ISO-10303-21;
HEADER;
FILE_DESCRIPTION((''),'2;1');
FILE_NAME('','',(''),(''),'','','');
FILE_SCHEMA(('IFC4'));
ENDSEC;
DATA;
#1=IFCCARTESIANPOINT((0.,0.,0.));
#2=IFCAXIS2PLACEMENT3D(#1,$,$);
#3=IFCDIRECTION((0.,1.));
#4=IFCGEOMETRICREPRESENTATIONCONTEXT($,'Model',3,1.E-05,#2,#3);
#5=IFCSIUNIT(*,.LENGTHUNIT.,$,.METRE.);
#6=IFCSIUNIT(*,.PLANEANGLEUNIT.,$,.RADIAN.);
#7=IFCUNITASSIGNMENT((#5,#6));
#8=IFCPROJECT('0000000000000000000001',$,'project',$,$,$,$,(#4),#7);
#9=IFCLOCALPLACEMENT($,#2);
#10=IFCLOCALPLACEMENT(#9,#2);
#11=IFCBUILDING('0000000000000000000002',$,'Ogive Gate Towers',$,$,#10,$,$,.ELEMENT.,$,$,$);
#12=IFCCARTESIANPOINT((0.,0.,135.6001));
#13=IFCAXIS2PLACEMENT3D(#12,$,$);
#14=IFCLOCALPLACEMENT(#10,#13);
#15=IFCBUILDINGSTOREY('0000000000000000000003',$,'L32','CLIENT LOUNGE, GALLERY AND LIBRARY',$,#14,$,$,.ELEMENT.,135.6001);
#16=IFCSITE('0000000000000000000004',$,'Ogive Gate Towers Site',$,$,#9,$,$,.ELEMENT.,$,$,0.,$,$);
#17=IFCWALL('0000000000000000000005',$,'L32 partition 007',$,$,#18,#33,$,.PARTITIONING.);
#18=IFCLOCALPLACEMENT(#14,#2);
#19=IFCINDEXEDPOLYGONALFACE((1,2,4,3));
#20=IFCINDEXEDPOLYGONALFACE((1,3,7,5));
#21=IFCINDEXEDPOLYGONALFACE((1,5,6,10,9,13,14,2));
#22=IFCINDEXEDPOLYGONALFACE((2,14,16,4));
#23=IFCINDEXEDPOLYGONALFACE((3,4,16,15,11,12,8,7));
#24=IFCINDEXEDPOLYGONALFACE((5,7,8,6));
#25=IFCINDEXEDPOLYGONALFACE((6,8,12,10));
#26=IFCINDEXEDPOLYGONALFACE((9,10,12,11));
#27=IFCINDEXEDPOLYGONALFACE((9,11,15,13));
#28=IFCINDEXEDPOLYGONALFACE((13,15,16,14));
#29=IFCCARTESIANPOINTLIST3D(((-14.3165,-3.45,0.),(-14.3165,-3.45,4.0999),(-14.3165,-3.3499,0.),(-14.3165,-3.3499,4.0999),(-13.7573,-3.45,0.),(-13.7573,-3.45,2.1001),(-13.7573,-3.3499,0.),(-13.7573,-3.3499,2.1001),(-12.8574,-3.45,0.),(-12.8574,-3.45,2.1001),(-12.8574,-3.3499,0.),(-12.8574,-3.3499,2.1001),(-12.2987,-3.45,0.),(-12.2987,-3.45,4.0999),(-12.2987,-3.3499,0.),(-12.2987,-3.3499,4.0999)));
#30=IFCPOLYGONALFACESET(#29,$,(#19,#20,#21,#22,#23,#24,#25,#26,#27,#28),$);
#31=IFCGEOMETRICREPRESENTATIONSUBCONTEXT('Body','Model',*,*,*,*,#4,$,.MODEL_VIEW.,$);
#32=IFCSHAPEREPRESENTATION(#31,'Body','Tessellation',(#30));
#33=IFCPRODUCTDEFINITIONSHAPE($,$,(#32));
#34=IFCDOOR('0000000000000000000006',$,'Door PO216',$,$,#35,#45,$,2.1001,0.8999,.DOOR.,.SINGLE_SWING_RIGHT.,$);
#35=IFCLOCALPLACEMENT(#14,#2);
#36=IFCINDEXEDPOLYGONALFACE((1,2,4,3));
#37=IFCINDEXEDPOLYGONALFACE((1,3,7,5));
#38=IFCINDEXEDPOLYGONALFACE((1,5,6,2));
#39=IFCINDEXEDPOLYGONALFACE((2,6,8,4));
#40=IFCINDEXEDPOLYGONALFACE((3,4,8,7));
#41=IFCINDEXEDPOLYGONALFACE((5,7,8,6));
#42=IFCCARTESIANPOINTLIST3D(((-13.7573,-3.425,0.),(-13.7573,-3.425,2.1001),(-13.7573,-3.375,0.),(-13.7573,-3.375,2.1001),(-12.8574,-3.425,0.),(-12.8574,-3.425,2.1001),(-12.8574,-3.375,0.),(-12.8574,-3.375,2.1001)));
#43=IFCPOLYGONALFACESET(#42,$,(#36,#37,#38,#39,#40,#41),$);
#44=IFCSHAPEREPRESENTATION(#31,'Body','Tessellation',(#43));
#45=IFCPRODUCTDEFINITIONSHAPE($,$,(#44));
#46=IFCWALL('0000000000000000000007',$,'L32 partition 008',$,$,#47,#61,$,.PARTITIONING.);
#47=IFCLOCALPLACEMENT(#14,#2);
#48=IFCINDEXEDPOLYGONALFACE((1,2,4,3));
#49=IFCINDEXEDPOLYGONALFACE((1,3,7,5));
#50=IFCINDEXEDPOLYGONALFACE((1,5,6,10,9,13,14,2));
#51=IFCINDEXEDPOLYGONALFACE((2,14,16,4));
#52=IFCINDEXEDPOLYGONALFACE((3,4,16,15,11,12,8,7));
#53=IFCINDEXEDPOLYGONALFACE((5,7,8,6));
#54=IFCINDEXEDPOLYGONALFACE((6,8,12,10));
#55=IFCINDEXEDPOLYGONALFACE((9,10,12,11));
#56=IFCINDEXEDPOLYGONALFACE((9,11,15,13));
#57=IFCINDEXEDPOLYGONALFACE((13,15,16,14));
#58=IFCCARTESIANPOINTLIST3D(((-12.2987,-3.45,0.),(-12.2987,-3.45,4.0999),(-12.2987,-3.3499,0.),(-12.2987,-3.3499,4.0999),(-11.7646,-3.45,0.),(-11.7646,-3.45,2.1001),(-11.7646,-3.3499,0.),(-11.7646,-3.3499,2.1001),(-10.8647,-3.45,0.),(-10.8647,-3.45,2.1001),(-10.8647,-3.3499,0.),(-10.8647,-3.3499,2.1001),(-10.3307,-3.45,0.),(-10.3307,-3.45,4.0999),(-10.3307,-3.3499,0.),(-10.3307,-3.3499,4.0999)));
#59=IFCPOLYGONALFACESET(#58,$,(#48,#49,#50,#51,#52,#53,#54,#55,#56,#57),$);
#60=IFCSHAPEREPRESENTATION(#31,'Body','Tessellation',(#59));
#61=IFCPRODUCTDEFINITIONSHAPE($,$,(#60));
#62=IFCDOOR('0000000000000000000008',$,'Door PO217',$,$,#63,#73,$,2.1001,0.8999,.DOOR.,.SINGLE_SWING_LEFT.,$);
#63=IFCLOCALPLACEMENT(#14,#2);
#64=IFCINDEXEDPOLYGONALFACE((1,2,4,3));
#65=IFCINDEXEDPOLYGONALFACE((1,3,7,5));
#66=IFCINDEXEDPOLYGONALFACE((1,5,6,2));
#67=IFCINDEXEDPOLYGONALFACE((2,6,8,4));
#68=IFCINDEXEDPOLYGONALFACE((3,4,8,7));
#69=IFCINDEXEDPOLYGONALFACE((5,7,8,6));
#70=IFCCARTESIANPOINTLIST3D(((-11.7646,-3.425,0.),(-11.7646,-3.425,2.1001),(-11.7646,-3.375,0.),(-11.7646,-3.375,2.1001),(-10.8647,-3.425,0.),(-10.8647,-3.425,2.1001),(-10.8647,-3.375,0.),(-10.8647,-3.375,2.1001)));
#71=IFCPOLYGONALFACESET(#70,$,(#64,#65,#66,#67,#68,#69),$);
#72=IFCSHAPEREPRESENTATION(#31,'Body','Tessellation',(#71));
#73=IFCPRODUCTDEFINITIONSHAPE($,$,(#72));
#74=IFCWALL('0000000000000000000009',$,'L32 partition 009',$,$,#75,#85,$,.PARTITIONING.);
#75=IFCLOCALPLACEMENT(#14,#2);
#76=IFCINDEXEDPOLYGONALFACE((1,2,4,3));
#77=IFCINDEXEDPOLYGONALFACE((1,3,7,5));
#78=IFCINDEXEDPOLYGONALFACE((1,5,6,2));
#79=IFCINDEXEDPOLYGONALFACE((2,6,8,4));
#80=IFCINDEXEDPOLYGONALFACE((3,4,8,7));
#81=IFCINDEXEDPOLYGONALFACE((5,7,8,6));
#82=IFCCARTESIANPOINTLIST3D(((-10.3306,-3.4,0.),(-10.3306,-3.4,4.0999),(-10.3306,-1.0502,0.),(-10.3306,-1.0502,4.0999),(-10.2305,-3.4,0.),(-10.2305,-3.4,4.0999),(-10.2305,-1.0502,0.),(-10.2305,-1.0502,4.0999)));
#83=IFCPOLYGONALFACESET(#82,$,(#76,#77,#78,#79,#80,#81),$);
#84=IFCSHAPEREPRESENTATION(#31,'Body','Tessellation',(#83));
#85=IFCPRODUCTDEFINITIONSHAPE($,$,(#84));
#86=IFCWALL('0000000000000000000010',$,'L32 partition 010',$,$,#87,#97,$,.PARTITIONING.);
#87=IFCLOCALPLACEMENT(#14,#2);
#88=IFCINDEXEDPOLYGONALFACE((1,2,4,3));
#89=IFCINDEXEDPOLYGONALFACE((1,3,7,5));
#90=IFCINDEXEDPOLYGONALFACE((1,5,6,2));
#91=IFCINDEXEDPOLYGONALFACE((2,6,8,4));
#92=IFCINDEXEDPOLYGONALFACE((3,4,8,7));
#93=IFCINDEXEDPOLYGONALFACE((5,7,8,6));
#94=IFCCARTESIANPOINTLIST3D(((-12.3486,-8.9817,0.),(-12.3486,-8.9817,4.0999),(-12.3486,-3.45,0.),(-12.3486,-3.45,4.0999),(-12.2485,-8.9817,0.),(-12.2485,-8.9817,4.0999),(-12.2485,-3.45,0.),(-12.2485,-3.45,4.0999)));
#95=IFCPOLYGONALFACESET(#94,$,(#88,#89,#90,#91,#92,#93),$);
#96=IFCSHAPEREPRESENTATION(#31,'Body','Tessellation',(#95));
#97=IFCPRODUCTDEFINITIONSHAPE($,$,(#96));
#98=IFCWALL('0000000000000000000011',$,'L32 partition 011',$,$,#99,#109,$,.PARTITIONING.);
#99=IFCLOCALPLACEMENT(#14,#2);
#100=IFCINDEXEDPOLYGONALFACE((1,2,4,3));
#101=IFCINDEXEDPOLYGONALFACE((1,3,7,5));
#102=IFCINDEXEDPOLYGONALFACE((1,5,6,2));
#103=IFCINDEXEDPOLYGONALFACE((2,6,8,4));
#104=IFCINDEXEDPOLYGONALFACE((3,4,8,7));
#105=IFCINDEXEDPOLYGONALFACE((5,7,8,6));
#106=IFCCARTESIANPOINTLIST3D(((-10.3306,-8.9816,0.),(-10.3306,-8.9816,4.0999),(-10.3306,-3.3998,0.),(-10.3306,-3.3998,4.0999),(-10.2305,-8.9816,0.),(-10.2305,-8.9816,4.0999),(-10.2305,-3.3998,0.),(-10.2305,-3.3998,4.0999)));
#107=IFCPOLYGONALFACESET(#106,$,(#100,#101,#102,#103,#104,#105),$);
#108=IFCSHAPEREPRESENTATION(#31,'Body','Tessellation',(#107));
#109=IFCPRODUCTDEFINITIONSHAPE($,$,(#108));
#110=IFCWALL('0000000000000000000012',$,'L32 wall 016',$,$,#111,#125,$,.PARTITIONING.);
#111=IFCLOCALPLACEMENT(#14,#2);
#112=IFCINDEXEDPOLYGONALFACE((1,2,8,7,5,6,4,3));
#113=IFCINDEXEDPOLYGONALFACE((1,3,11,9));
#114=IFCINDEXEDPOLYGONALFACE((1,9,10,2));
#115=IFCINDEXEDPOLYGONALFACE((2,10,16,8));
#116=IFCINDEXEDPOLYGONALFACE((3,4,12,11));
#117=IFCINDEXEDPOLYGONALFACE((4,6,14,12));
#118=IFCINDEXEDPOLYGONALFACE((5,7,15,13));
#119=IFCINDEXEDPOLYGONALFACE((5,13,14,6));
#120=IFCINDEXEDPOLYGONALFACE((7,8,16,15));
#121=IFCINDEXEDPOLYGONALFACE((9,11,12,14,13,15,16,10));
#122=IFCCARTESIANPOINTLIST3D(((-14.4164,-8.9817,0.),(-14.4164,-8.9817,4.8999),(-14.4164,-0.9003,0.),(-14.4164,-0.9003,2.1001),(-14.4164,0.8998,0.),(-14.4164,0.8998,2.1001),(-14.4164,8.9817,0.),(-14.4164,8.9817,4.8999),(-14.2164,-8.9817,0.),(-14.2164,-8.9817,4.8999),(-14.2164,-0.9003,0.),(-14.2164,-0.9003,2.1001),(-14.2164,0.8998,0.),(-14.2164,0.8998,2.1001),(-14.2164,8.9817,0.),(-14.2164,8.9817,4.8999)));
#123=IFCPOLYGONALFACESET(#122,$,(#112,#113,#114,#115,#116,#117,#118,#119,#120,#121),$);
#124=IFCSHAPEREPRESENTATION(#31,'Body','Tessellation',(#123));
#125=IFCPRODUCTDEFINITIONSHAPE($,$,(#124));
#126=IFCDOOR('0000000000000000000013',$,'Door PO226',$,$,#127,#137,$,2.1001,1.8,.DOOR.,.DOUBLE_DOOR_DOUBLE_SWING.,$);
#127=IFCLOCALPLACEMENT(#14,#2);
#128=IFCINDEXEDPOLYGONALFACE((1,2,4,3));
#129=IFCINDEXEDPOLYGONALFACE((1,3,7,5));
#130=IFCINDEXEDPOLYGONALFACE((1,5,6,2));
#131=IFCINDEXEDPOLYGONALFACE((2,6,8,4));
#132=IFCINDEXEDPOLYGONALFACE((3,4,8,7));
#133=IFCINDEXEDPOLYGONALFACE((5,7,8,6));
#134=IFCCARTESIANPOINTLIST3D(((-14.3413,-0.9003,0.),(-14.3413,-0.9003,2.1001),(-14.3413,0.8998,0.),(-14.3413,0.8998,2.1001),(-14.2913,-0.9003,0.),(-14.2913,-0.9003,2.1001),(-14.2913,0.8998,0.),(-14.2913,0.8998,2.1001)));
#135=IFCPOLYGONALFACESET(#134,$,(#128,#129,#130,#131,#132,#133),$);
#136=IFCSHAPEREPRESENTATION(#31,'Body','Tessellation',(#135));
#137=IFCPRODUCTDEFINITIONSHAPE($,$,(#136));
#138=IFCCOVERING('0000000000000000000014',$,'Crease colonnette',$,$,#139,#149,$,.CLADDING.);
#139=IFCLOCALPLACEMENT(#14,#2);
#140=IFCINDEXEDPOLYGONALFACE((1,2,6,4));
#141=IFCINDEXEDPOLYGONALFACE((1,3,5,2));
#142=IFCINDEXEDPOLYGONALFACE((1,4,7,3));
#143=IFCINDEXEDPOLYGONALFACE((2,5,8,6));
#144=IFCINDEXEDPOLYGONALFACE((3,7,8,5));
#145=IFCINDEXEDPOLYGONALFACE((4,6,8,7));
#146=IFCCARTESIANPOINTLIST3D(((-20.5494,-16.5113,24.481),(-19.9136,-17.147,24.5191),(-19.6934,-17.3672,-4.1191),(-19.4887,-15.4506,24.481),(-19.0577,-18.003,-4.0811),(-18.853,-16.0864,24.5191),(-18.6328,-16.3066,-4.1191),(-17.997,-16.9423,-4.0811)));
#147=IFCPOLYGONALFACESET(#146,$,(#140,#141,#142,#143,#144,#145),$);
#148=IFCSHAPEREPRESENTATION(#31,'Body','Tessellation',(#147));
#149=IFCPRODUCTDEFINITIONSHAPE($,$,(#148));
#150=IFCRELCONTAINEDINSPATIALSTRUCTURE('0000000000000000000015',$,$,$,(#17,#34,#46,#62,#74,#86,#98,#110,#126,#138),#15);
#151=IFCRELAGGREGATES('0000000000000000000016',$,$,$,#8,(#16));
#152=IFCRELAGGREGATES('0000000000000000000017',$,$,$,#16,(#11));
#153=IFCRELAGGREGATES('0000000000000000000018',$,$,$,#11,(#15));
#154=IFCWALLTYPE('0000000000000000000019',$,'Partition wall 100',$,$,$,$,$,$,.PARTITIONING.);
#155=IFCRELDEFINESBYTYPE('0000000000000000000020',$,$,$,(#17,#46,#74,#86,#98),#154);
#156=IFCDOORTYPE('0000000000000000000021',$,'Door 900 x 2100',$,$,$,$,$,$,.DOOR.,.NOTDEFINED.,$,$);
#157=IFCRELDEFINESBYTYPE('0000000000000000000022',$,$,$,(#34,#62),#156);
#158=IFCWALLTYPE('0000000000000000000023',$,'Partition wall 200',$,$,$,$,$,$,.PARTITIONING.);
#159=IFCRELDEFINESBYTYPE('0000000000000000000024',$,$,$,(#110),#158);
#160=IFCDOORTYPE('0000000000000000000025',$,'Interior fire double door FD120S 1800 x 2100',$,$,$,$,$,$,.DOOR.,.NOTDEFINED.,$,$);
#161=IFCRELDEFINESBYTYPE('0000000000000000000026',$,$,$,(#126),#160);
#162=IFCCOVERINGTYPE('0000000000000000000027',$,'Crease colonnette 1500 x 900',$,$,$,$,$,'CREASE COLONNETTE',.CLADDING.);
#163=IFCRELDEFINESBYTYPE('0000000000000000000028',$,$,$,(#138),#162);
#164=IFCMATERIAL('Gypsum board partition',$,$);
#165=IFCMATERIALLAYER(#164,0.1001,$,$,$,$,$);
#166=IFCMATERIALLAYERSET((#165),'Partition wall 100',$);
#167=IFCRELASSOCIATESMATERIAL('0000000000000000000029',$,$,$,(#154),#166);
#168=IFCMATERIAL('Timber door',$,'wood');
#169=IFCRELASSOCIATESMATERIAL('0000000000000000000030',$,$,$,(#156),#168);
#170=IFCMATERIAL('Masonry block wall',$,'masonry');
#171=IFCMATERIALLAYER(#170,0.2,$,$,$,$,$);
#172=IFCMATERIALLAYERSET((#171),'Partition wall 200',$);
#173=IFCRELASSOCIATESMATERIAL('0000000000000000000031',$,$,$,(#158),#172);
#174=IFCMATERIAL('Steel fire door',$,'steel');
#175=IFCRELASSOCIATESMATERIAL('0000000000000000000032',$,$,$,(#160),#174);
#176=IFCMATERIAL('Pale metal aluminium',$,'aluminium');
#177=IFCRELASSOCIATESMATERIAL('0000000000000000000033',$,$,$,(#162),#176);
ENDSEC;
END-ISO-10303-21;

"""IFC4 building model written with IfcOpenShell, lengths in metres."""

from ifc_helpers import new_model, si_unit, direction, frame, frame_2d, origin, origin_2d, place, context, subcontext, project, spatial, rectangle, extrude, material, layer, layer_set, material_profile, profile_set, type_object, element, fill, save


model = new_model("IFC4")

# Units and contexts
model_context = context("Model", 3, precision=1e-05, world=origin(), true_north=direction((0.0, 1.0)))
body_context = subcontext(model_context, "Body", "Model", "MODEL_VIEW")
ifc_project = project(units=[si_unit("LENGTHUNIT", "METRE"), si_unit("PLANEANGLEUNIT", "RADIAN")], contexts=[model_context])

# Site, building, storey
site_placement = place(None, origin())
site = spatial("IfcSite", under=ifc_project, at=site_placement, Name="Ogive Gate Towers Site", CompositionType="ELEMENT", RefElevation=0.0)
building_placement = place(site_placement, origin())
building = spatial("IfcBuilding", under=site, at=building_placement, Name="Ogive Gate Towers", CompositionType="ELEMENT")
storey_placement = place(building_placement, frame((0.0, 0.0, 135.6001)))
storey = spatial("IfcBuildingStorey", under=building, at=storey_placement, Name="L32", Description="CLIENT LOUNGE, GALLERY AND LIBRARY", CompositionType="ELEMENT", Elevation=135.6001)

# Shared definitions
ifc_material_1 = material(Name="Pale metal aluminium", Category="aluminium")

# Shared definitions
ifc_material_2 = material(Name="Gypsum board partition")

# Walls, openings, doors
ifc_layer_1 = layer(ifc_material_2, 0.1001)
ifc_layer_set_1 = layer_set([ifc_layer_1], Name="Partition wall 100")
wall_type_1 = type_object("IfcWallType", Name="Partition wall 100", PredefinedType="PARTITIONING", material=ifc_layer_set_1)
wall_1_placement = place(storey_placement, frame((-14.3164, -3.3999, 0.0), z_axis=(0.0, 0.0, 1.0), x_axis=(1.0, 0.0, 0.0)))
wall_1 = element("IfcWall", 1, at=wall_1_placement, inside=storey, type_object=wall_type_1, Name="L32 partition 007", PredefinedType="PARTITIONING", context=body_context, shape_type="SweptSolid", body=[
    extrude(rectangle(XDim=2.0178, YDim=0.1001, at=frame_2d((1.0088, 0.0))), origin(), (0.0, 0.0, 1.0), 4.0999),
])
opening_1_placement = place(wall_1_placement, frame((0.5591, 0.0, 0.0)))
opening_1 = element("IfcOpeningElement", 2, at=opening_1_placement, cuts=wall_1, PredefinedType="OPENING", context=body_context, shape_type="SweptSolid", body=[
    extrude(rectangle(XDim=0.8999, YDim=2.1001, at=frame_2d((0.45, 1.05))), frame((0.0, 0.0601, 0.0), z_axis=(0.0, -1.0, 0.0), x_axis=(1.0, 0.0, 0.0)), (0.0, 0.0, 1.0), 0.1201),
])
ifc_material_3 = material(Name="Timber door", Category="wood")
door_type_1 = type_object("IfcDoorType", Name="Door 900 x 2100", OperationType="NOTDEFINED", PredefinedType="DOOR", material=ifc_material_3)
door_1_placement = place(opening_1_placement, origin())
door_1 = element("IfcDoor", 3, at=door_1_placement, inside=storey, type_object=door_type_1, Name="Door PO216", OperationType="SINGLE_SWING_RIGHT", OverallHeight=2.1001, OverallWidth=0.8999, PredefinedType="DOOR", context=body_context, shape_type="SweptSolid", body=[
    extrude(rectangle(XDim=0.8999, YDim=2.1001, at=frame_2d((0.45, 1.05))), frame((0.0, 0.0249, 0.0), z_axis=(0.0, -1.0, 0.0), x_axis=(1.0, 0.0, 0.0)), (0.0, 0.0, 1.0), 0.05),
])
fill(opening_1, door_1)
wall_2_placement = place(storey_placement, frame((-12.2986, -3.3999, 0.0), z_axis=(0.0, 0.0, 1.0), x_axis=(1.0, 0.0, 0.0)))
wall_2 = element("IfcWall", 4, at=wall_2_placement, inside=storey, type_object=wall_type_1, Name="L32 partition 008", PredefinedType="PARTITIONING", context=body_context, shape_type="SweptSolid", body=[
    extrude(rectangle(XDim=1.968, YDim=0.1001, at=frame_2d((0.9839, 0.0))), origin(), (0.0, 0.0, 1.0), 4.0999),
])
opening_2_placement = place(wall_2_placement, frame((0.5339, 0.0, 0.0)))
opening_2 = element("IfcOpeningElement", 5, at=opening_2_placement, cuts=wall_2, PredefinedType="OPENING", context=body_context, shape_type="SweptSolid", body=[
    extrude(rectangle(XDim=0.8999, YDim=2.1001, at=frame_2d((0.45, 1.05))), frame((0.0, 0.0601, 0.0), z_axis=(0.0, -1.0, 0.0), x_axis=(1.0, 0.0, 0.0)), (0.0, 0.0, 1.0), 0.1201),
])
door_2_placement = place(opening_2_placement, origin())
door_2 = element("IfcDoor", 6, at=door_2_placement, inside=storey, type_object=door_type_1, Name="Door PO217", OperationType="SINGLE_SWING_LEFT", OverallHeight=2.1001, OverallWidth=0.8999, PredefinedType="DOOR", context=body_context, shape_type="SweptSolid", body=[
    extrude(rectangle(XDim=0.8999, YDim=2.1001, at=frame_2d((0.45, 1.05))), frame((0.0, 0.0249, 0.0), z_axis=(0.0, -1.0, 0.0), x_axis=(1.0, 0.0, 0.0)), (0.0, 0.0, 1.0), 0.05),
])
fill(opening_2, door_2)

# Walls
wall_3_placement = place(storey_placement, frame((-10.2805, -3.3999, 0.0), z_axis=(0.0, 0.0, 1.0), x_axis=(0.0, 1.0, 0.0)))
element("IfcWall", 7, at=wall_3_placement, inside=storey, type_object=wall_type_1, Name="L32 partition 009", PredefinedType="PARTITIONING", context=body_context, shape_type="SweptSolid", body=[
    extrude(rectangle(XDim=2.3499, YDim=0.1001, at=frame_2d((1.1748, 0.0))), origin(), (0.0, 0.0, 1.0), 4.0999),
])
wall_4_placement = place(storey_placement, frame((-12.2986, -8.9817, 0.0), z_axis=(0.0, 0.0, 1.0), x_axis=(0.0, 1.0, 0.0)))
element("IfcWall", 8, at=wall_4_placement, inside=storey, type_object=wall_type_1, Name="L32 partition 010", PredefinedType="PARTITIONING", context=body_context, shape_type="SweptSolid", body=[
    extrude(rectangle(XDim=5.5317, YDim=0.1001, at=frame_2d((2.7659, 0.0))), origin(), (0.0, 0.0, 1.0), 4.0999),
])
wall_5_placement = place(storey_placement, frame((-10.2805, -8.9817, 0.0), z_axis=(0.0, 0.0, 1.0), x_axis=(0.0, 1.0, 0.0)))
element("IfcWall", 9, at=wall_5_placement, inside=storey, type_object=wall_type_1, Name="L32 partition 011", PredefinedType="PARTITIONING", context=body_context, shape_type="SweptSolid", body=[
    extrude(rectangle(XDim=5.5818, YDim=0.1001, at=frame_2d((2.791, 0.0))), origin(), (0.0, 0.0, 1.0), 4.0999),
])

# Wall, opening, door
ifc_material_4 = material(Name="Masonry block wall", Category="masonry")
ifc_layer_2 = layer(ifc_material_4, 0.2)
ifc_layer_set_2 = layer_set([ifc_layer_2], Name="Partition wall 200")
wall_type_2 = type_object("IfcWallType", Name="Partition wall 200", PredefinedType="PARTITIONING", material=ifc_layer_set_2)
wall_6_placement = place(storey_placement, frame((-14.3164, -8.9817, 0.0), z_axis=(0.0, 0.0, 1.0), x_axis=(0.0, 1.0, 0.0)))
wall_6 = element("IfcWall", 10, at=wall_6_placement, inside=storey, type_object=wall_type_2, Name="L32 wall 016", PredefinedType="PARTITIONING", context=body_context, shape_type="SweptSolid", body=[
    extrude(rectangle(XDim=17.9634, YDim=0.2, at=frame_2d((8.9817, 0.0))), origin(), (0.0, 0.0, 1.0), 4.8999),
])
opening_3_placement = place(wall_6_placement, frame((8.0815, 0.0, 0.0)))
opening_3 = element("IfcOpeningElement", 11, at=opening_3_placement, cuts=wall_6, PredefinedType="OPENING", context=body_context, shape_type="SweptSolid", body=[
    extrude(rectangle(XDim=1.8, YDim=2.1001, at=frame_2d((0.8999, 1.05))), frame((0.0, 0.1099, 0.0), z_axis=(0.0, -1.0, 0.0), x_axis=(1.0, 0.0, 0.0)), (0.0, 0.0, 1.0), 0.22),
])
ifc_material_5 = material(Name="Steel fire door", Category="steel")
door_type_2 = type_object("IfcDoorType", Name="Interior fire double door FD120S 1800 x 2100", OperationType="NOTDEFINED", PredefinedType="DOOR", material=ifc_material_5)
door_3_placement = place(opening_3_placement, origin())
door_3 = element("IfcDoor", 12, at=door_3_placement, inside=storey, type_object=door_type_2, Name="Door PO226", OperationType="DOUBLE_DOOR_DOUBLE_SWING", OverallHeight=2.1001, OverallWidth=1.8, PredefinedType="DOOR", context=body_context, shape_type="SweptSolid", body=[
    extrude(rectangle(XDim=1.8, YDim=2.1001, at=frame_2d((0.8999, 1.05))), frame((0.0, 0.0249, 0.0), z_axis=(0.0, -1.0, 0.0), x_axis=(1.0, 0.0, 0.0)), (0.0, 0.0, 1.0), 0.05),
])
fill(opening_3, door_3)

# Covering
ifc_material_profile_1 = material_profile(ifc_material_1, rectangle(XDim=1.5, YDim=0.8999, at=origin_2d()), Name="1500 x 900 pale metal aluminium")
ifc_profile_set_1 = profile_set([ifc_material_profile_1], Name="Pale metal aluminium")
covering_type = type_object("IfcCoveringType", Name="Crease colonnette 1500 x 900", ElementType="CREASE COLONNETTE", PredefinedType="CLADDING", material=ifc_profile_set_1)
covering_placement = place(storey_placement, frame((-18.8452, -17.1548, -4.1001), z_axis=(-0.029902, 0.029902, 0.999105), x_axis=(-0.707107, -0.707107, 0.0)))
element("IfcCovering", 13, at=covering_placement, inside=storey, type_object=covering_type, Name="Crease colonnette", PredefinedType="CLADDING", context=body_context, shape_type="SweptSolid", body=[
    extrude(rectangle(XDim=1.5, YDim=0.8999, at=origin_2d()), origin(), (0.0, 0.0, 1.0), 28.6257),
])

save(model, "model.ifc")
